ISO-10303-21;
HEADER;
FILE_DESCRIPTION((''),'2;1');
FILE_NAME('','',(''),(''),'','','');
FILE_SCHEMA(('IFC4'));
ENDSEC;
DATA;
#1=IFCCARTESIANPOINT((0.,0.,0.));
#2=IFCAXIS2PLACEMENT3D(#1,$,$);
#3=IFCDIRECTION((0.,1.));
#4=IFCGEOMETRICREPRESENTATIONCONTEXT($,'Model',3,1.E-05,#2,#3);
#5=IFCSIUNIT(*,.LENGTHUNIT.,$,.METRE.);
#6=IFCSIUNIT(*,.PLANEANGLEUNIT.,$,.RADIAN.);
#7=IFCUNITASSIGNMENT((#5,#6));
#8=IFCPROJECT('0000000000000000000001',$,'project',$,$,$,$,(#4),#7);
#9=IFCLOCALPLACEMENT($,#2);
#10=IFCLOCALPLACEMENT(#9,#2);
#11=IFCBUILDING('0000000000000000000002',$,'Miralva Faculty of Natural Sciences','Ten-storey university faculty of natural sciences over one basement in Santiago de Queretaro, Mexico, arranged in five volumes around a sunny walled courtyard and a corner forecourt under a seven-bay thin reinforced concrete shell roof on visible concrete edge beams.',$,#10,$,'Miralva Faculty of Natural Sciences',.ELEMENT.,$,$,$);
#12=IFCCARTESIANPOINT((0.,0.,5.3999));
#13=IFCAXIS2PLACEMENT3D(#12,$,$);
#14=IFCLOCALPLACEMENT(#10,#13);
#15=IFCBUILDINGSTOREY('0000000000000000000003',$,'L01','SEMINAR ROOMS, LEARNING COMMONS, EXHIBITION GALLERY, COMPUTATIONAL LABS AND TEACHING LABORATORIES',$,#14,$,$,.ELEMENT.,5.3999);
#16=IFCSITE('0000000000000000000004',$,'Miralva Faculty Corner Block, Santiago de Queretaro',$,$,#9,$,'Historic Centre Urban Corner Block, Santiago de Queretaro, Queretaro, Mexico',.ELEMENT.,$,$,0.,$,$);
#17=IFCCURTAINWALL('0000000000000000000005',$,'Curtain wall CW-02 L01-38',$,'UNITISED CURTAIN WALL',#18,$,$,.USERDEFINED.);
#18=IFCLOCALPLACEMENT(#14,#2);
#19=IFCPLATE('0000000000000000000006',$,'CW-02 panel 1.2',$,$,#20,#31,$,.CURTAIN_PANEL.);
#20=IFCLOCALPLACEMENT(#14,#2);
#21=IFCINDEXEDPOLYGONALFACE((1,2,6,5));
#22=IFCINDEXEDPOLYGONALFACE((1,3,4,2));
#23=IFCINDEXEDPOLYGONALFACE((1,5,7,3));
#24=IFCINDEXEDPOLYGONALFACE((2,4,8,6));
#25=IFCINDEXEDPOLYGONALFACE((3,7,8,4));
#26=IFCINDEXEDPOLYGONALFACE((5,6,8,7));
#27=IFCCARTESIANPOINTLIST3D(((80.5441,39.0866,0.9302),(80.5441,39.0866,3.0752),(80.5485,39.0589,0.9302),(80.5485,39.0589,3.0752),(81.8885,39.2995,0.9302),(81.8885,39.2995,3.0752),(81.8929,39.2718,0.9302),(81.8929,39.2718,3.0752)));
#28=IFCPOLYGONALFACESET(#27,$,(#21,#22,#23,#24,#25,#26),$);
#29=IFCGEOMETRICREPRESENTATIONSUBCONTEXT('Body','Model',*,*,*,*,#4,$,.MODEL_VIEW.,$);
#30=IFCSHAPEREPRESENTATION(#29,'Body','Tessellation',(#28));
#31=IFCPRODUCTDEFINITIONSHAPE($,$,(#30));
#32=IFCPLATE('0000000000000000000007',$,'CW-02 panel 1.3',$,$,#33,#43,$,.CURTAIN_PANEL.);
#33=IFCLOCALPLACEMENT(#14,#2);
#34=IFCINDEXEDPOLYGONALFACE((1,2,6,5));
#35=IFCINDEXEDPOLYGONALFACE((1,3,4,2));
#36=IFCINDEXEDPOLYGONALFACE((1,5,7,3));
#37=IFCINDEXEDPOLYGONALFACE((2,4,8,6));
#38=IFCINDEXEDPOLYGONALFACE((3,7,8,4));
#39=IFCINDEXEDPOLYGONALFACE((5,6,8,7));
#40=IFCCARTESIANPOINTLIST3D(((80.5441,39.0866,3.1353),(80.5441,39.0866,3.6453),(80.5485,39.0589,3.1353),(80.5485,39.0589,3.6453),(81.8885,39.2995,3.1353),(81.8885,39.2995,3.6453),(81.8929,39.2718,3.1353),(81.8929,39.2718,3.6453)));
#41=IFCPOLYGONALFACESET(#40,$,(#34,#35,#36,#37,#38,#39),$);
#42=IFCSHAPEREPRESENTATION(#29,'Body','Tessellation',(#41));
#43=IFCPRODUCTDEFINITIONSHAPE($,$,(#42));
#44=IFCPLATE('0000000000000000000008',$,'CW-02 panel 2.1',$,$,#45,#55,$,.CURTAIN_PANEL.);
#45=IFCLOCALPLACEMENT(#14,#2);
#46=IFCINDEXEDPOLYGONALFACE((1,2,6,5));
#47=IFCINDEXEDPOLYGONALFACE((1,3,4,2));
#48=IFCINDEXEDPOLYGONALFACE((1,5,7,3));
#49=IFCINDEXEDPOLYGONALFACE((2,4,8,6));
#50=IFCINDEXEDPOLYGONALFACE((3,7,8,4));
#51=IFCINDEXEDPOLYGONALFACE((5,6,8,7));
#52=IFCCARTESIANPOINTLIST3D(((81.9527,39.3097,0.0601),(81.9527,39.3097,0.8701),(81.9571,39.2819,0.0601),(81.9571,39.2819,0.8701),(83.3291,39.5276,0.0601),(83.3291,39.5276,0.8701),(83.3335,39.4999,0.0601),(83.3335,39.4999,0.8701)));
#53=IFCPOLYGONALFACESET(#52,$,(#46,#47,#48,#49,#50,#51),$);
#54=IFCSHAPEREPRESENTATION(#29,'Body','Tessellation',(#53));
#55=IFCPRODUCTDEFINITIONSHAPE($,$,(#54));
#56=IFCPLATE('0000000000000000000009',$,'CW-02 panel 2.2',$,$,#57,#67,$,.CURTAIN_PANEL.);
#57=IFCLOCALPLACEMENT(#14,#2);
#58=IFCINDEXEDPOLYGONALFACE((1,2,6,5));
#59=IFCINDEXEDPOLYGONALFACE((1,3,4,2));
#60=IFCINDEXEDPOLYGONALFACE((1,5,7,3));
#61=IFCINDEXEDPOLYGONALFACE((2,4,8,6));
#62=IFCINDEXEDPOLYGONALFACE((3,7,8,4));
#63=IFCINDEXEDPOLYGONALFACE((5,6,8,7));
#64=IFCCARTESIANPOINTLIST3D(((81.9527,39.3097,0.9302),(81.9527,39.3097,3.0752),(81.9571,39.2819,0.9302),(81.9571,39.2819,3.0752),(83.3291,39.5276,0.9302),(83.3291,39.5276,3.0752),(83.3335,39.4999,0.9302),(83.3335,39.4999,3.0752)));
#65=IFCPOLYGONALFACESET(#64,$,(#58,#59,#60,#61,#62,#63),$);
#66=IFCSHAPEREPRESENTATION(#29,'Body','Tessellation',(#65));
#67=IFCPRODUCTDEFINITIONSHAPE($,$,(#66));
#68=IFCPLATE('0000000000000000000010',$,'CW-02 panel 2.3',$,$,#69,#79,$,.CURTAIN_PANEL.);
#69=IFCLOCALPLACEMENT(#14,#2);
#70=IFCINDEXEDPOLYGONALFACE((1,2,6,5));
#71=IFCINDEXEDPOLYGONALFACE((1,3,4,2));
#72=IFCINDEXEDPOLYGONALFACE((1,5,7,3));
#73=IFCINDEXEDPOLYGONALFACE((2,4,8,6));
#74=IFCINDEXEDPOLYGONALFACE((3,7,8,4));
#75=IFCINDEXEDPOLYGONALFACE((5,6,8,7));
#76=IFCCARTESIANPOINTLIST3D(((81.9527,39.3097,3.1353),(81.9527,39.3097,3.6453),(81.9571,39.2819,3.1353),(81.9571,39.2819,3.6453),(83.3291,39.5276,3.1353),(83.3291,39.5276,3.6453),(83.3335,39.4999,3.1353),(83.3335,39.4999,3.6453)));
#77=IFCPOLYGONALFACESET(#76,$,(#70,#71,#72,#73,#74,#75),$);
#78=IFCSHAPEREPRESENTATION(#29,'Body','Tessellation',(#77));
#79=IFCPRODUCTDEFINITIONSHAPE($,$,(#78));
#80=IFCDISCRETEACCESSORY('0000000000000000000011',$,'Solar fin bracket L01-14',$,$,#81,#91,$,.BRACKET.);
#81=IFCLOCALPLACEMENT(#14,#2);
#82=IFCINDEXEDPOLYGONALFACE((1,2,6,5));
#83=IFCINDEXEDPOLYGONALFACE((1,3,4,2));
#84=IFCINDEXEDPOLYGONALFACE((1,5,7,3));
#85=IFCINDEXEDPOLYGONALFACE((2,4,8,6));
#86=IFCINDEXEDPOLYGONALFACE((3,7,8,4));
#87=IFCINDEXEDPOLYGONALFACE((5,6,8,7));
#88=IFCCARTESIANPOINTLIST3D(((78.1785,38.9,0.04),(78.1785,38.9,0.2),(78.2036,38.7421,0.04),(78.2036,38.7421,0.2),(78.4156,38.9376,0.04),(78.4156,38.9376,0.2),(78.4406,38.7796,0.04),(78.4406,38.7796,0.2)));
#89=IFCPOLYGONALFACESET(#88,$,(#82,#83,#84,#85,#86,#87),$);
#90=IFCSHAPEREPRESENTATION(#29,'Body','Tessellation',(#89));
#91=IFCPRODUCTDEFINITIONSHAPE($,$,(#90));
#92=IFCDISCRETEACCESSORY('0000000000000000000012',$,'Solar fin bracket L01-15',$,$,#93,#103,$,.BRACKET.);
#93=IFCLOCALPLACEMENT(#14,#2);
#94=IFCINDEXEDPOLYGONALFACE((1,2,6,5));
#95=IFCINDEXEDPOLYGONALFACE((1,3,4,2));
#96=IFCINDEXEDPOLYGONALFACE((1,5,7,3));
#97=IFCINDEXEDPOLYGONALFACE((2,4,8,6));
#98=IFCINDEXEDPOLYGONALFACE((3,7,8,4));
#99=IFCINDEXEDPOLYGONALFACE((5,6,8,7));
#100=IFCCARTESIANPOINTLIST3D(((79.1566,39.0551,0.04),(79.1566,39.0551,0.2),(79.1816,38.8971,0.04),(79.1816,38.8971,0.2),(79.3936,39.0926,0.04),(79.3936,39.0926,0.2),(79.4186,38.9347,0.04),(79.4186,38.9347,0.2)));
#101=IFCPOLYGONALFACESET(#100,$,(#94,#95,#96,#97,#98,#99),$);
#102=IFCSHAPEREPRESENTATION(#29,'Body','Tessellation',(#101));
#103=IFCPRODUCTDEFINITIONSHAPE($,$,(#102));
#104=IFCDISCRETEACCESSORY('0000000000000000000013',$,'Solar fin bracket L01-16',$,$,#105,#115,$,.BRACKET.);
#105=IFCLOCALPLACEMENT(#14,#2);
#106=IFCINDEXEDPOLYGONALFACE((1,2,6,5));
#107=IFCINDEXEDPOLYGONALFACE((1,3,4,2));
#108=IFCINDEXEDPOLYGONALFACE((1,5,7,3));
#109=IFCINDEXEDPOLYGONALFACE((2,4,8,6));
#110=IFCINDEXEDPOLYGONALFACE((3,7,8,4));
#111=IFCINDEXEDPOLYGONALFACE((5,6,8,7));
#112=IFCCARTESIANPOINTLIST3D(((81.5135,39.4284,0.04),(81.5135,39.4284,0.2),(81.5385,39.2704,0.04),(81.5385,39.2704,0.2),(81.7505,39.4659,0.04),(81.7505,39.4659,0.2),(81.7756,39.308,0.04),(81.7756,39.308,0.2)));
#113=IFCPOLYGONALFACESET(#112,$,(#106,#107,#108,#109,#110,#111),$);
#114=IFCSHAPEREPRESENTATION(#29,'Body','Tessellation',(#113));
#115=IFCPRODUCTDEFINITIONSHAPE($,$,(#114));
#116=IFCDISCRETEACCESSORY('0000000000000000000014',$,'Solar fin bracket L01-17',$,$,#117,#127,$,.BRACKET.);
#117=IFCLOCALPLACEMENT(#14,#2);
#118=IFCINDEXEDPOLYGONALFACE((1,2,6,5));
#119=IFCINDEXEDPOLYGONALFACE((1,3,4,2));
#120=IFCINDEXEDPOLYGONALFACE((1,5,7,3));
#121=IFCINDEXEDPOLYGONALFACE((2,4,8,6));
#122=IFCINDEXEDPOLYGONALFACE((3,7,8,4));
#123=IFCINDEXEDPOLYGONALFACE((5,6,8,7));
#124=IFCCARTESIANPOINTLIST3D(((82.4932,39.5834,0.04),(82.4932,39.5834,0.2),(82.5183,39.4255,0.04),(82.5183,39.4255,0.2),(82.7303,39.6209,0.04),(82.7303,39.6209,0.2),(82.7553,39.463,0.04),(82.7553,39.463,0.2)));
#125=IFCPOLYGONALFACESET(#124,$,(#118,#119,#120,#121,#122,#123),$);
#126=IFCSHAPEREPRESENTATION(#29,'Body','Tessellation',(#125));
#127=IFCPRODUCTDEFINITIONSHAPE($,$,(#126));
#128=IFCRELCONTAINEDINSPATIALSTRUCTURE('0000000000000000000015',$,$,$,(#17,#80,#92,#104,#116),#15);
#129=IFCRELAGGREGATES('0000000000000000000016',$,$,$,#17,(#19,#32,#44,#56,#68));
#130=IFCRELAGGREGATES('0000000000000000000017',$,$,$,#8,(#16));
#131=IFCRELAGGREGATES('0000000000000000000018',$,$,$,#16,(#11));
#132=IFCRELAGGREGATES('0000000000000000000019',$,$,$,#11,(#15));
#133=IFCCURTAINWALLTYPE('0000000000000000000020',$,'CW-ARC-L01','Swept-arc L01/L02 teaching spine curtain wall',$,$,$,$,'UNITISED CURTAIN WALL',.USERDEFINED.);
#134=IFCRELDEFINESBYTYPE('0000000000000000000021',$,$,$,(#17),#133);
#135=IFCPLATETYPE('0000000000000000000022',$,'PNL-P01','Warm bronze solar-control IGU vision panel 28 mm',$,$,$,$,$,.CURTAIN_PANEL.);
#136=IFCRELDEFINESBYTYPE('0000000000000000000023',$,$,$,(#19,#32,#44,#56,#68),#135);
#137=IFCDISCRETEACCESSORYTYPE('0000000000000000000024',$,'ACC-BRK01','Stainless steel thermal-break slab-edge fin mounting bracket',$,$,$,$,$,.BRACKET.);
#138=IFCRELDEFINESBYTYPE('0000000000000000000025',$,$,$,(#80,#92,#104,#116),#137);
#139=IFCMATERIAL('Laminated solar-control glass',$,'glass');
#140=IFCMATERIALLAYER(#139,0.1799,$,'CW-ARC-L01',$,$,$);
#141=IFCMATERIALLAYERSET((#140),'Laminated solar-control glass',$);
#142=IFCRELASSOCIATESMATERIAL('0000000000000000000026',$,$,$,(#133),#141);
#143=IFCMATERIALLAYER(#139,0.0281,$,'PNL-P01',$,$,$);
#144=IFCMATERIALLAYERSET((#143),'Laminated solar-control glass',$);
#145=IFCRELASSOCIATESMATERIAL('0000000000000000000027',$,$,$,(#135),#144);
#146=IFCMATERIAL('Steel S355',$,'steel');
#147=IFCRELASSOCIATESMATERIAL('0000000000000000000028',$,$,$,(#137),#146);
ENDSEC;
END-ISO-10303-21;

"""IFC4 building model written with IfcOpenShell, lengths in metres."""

from ifc_helpers import new_model, si_unit, direction, frame, origin, origin_2d, place, context, subcontext, project, spatial, rectangle, extrude, material, layer, layer_set, type_object, element, aggregate, save


model = new_model("IFC4")

# Units and contexts
model_context = context("Model", 3, precision=1e-05, world=origin(), true_north=direction((0.0, 1.0)))
body_context = subcontext(model_context, "Body", "Model", "MODEL_VIEW")
ifc_project = project(units=[si_unit("LENGTHUNIT", "METRE"), si_unit("PLANEANGLEUNIT", "RADIAN")], contexts=[model_context])

# Site, building, storey
site_placement = place(None, origin())
site = spatial("IfcSite", under=ifc_project, at=site_placement, Name="Miralva Faculty Corner Block, Santiago de Queretaro", LongName="Historic Centre Urban Corner Block, Santiago de Queretaro, Queretaro, Mexico", CompositionType="ELEMENT", RefElevation=0.0)
building_placement = place(site_placement, origin())
building = spatial("IfcBuilding", under=site, at=building_placement, Name="Miralva Faculty of Natural Sciences", Description="Ten-storey university faculty of natural sciences over one basement in Santiago de Queretaro, Mexico, arranged in five volumes around a sunny walled courtyard and a corner forecourt under a seven-bay thin reinforced concrete shell roof on visible concrete edge beams.", LongName="Miralva Faculty of Natural Sciences", CompositionType="ELEMENT")
storey_placement = place(building_placement, frame((0.0, 0.0, 5.3999)))
storey = spatial("IfcBuildingStorey", under=building, at=storey_placement, Name="L01", Description="SEMINAR ROOMS, LEARNING COMMONS, EXHIBITION GALLERY, COMPUTATIONAL LABS AND TEACHING LABORATORIES", CompositionType="ELEMENT", Elevation=5.3999)

# Curtain wall
ifc_material_1 = material(Name="Laminated solar-control glass", Category="glass")
ifc_layer_1 = layer(ifc_material_1, 0.1799, Name="CW-ARC-L01")
ifc_layer_set_1 = layer_set([ifc_layer_1], Name="Laminated solar-control glass")
curtain_wall_type = type_object("IfcCurtainWallType", Name="CW-ARC-L01", Description="Swept-arc L01/L02 teaching spine curtain wall", ElementType="UNITISED CURTAIN WALL", PredefinedType="USERDEFINED", material=ifc_layer_set_1)
curtain_wall_1_placement = place(storey_placement, origin())
curtain_wall_1 = element("IfcCurtainWall", 1, at=curtain_wall_1_placement, inside=storey, type_object=curtain_wall_type, Name="Curtain wall CW-02 L01-38", ObjectType="UNITISED CURTAIN WALL", PredefinedType="USERDEFINED")

# Plates
ifc_layer_2 = layer(ifc_material_1, 0.0281, Name="PNL-P01")
ifc_layer_set_2 = layer_set([ifc_layer_2], Name="Laminated solar-control glass")
plate_type = type_object("IfcPlateType", Name="PNL-P01", Description="Warm bronze solar-control IGU vision panel 28 mm", PredefinedType="CURTAIN_PANEL", material=ifc_layer_set_2)
plate_1_placement = place(storey_placement, frame((81.2185, 39.1792, 0.9302), z_axis=(0.0, 0.0, 1.0), x_axis=(0.98769, 0.156423, 0.0)))
plate_1 = element("IfcPlate", 2, at=plate_1_placement, type_object=plate_type, Name="CW-02 panel 1.2", PredefinedType="CURTAIN_PANEL", context=body_context, shape_type="SweptSolid", body=[
    extrude(rectangle(XDim=1.3611, YDim=0.0281, at=origin_2d()), origin(), (0.0, 0.0, 1.0), 2.145),
])
plate_2_placement = place(storey_placement, frame((81.2185, 39.1792, 3.1353), z_axis=(0.0, 0.0, 1.0), x_axis=(0.98769, 0.156423, 0.0)))
plate_2 = element("IfcPlate", 3, at=plate_2_placement, type_object=plate_type, Name="CW-02 panel 1.3", PredefinedType="CURTAIN_PANEL", context=body_context, shape_type="SweptSolid", body=[
    extrude(rectangle(XDim=1.3611, YDim=0.0281, at=origin_2d()), origin(), (0.0, 0.0, 1.0), 0.51),
])
plate_3_placement = place(storey_placement, frame((82.6431, 39.4048, 0.0601), z_axis=(0.0, 0.0, 1.0), x_axis=(0.98769, 0.156423, 0.0)))
plate_3 = element("IfcPlate", 4, at=plate_3_placement, type_object=plate_type, Name="CW-02 panel 2.1", PredefinedType="CURTAIN_PANEL", context=body_context, shape_type="SweptSolid", body=[
    extrude(rectangle(XDim=1.3936, YDim=0.0281, at=origin_2d()), origin(), (0.0, 0.0, 1.0), 0.8101),
])
plate_4_placement = place(storey_placement, frame((82.6431, 39.4048, 0.9302), z_axis=(0.0, 0.0, 1.0), x_axis=(0.98769, 0.156423, 0.0)))
plate_4 = element("IfcPlate", 5, at=plate_4_placement, type_object=plate_type, Name="CW-02 panel 2.2", PredefinedType="CURTAIN_PANEL", context=body_context, shape_type="SweptSolid", body=[
    extrude(rectangle(XDim=1.3936, YDim=0.0281, at=origin_2d()), origin(), (0.0, 0.0, 1.0), 2.145),
])
plate_5_placement = place(storey_placement, frame((82.6431, 39.4048, 3.1353), z_axis=(0.0, 0.0, 1.0), x_axis=(0.98769, 0.156423, 0.0)))
plate_5 = element("IfcPlate", 6, at=plate_5_placement, type_object=plate_type, Name="CW-02 panel 2.3", PredefinedType="CURTAIN_PANEL", context=body_context, shape_type="SweptSolid", body=[
    extrude(rectangle(XDim=1.3936, YDim=0.0281, at=origin_2d()), origin(), (0.0, 0.0, 1.0), 0.51),
])
aggregate(curtain_wall_1, [plate_1, plate_2, plate_3, plate_4, plate_5])

# Discrete accessories
ifc_material_2 = material(Name="Steel S355", Category="steel")
discrete_accessory_type = type_object("IfcDiscreteAccessoryType", Name="ACC-BRK01", Description="Stainless steel thermal-break slab-edge fin mounting bracket", PredefinedType="BRACKET", material=ifc_material_2)
for number, where, z_axis, x_axis, name in (
    (7, (78.3096, 38.8398, 0.04), (0.0, 0.0, 1.0), (-0.156434, 0.987688, 0.0), "Solar fin bracket L01-14"),
    (8, (79.2876, 38.9949, 0.04), (0.0, 0.0, 1.0), (-0.156434, 0.987688, 0.0), "Solar fin bracket L01-15"),
    (9, (81.6445, 39.3682, 0.04), (0.0, 0.0, 1.0), (-0.156434, 0.987688, 0.0), "Solar fin bracket L01-16"),
    (10, (82.6243, 39.5232, 0.04), (0.0, 0.0, 1.0), (-0.156434, 0.987688, 0.0), "Solar fin bracket L01-17"),
):
    element("IfcDiscreteAccessory", number, at=place(storey_placement, frame(where, z_axis=z_axis, x_axis=x_axis)), inside=storey, type_object=discrete_accessory_type, Name=name, PredefinedType="BRACKET", context=body_context, shape_type="SweptSolid", body=[
        extrude(rectangle(XDim=0.1599, YDim=0.24, at=origin_2d()), origin(), (0.0, 0.0, 1.0), 0.1599),
    ])

save(model, "model.ifc")
